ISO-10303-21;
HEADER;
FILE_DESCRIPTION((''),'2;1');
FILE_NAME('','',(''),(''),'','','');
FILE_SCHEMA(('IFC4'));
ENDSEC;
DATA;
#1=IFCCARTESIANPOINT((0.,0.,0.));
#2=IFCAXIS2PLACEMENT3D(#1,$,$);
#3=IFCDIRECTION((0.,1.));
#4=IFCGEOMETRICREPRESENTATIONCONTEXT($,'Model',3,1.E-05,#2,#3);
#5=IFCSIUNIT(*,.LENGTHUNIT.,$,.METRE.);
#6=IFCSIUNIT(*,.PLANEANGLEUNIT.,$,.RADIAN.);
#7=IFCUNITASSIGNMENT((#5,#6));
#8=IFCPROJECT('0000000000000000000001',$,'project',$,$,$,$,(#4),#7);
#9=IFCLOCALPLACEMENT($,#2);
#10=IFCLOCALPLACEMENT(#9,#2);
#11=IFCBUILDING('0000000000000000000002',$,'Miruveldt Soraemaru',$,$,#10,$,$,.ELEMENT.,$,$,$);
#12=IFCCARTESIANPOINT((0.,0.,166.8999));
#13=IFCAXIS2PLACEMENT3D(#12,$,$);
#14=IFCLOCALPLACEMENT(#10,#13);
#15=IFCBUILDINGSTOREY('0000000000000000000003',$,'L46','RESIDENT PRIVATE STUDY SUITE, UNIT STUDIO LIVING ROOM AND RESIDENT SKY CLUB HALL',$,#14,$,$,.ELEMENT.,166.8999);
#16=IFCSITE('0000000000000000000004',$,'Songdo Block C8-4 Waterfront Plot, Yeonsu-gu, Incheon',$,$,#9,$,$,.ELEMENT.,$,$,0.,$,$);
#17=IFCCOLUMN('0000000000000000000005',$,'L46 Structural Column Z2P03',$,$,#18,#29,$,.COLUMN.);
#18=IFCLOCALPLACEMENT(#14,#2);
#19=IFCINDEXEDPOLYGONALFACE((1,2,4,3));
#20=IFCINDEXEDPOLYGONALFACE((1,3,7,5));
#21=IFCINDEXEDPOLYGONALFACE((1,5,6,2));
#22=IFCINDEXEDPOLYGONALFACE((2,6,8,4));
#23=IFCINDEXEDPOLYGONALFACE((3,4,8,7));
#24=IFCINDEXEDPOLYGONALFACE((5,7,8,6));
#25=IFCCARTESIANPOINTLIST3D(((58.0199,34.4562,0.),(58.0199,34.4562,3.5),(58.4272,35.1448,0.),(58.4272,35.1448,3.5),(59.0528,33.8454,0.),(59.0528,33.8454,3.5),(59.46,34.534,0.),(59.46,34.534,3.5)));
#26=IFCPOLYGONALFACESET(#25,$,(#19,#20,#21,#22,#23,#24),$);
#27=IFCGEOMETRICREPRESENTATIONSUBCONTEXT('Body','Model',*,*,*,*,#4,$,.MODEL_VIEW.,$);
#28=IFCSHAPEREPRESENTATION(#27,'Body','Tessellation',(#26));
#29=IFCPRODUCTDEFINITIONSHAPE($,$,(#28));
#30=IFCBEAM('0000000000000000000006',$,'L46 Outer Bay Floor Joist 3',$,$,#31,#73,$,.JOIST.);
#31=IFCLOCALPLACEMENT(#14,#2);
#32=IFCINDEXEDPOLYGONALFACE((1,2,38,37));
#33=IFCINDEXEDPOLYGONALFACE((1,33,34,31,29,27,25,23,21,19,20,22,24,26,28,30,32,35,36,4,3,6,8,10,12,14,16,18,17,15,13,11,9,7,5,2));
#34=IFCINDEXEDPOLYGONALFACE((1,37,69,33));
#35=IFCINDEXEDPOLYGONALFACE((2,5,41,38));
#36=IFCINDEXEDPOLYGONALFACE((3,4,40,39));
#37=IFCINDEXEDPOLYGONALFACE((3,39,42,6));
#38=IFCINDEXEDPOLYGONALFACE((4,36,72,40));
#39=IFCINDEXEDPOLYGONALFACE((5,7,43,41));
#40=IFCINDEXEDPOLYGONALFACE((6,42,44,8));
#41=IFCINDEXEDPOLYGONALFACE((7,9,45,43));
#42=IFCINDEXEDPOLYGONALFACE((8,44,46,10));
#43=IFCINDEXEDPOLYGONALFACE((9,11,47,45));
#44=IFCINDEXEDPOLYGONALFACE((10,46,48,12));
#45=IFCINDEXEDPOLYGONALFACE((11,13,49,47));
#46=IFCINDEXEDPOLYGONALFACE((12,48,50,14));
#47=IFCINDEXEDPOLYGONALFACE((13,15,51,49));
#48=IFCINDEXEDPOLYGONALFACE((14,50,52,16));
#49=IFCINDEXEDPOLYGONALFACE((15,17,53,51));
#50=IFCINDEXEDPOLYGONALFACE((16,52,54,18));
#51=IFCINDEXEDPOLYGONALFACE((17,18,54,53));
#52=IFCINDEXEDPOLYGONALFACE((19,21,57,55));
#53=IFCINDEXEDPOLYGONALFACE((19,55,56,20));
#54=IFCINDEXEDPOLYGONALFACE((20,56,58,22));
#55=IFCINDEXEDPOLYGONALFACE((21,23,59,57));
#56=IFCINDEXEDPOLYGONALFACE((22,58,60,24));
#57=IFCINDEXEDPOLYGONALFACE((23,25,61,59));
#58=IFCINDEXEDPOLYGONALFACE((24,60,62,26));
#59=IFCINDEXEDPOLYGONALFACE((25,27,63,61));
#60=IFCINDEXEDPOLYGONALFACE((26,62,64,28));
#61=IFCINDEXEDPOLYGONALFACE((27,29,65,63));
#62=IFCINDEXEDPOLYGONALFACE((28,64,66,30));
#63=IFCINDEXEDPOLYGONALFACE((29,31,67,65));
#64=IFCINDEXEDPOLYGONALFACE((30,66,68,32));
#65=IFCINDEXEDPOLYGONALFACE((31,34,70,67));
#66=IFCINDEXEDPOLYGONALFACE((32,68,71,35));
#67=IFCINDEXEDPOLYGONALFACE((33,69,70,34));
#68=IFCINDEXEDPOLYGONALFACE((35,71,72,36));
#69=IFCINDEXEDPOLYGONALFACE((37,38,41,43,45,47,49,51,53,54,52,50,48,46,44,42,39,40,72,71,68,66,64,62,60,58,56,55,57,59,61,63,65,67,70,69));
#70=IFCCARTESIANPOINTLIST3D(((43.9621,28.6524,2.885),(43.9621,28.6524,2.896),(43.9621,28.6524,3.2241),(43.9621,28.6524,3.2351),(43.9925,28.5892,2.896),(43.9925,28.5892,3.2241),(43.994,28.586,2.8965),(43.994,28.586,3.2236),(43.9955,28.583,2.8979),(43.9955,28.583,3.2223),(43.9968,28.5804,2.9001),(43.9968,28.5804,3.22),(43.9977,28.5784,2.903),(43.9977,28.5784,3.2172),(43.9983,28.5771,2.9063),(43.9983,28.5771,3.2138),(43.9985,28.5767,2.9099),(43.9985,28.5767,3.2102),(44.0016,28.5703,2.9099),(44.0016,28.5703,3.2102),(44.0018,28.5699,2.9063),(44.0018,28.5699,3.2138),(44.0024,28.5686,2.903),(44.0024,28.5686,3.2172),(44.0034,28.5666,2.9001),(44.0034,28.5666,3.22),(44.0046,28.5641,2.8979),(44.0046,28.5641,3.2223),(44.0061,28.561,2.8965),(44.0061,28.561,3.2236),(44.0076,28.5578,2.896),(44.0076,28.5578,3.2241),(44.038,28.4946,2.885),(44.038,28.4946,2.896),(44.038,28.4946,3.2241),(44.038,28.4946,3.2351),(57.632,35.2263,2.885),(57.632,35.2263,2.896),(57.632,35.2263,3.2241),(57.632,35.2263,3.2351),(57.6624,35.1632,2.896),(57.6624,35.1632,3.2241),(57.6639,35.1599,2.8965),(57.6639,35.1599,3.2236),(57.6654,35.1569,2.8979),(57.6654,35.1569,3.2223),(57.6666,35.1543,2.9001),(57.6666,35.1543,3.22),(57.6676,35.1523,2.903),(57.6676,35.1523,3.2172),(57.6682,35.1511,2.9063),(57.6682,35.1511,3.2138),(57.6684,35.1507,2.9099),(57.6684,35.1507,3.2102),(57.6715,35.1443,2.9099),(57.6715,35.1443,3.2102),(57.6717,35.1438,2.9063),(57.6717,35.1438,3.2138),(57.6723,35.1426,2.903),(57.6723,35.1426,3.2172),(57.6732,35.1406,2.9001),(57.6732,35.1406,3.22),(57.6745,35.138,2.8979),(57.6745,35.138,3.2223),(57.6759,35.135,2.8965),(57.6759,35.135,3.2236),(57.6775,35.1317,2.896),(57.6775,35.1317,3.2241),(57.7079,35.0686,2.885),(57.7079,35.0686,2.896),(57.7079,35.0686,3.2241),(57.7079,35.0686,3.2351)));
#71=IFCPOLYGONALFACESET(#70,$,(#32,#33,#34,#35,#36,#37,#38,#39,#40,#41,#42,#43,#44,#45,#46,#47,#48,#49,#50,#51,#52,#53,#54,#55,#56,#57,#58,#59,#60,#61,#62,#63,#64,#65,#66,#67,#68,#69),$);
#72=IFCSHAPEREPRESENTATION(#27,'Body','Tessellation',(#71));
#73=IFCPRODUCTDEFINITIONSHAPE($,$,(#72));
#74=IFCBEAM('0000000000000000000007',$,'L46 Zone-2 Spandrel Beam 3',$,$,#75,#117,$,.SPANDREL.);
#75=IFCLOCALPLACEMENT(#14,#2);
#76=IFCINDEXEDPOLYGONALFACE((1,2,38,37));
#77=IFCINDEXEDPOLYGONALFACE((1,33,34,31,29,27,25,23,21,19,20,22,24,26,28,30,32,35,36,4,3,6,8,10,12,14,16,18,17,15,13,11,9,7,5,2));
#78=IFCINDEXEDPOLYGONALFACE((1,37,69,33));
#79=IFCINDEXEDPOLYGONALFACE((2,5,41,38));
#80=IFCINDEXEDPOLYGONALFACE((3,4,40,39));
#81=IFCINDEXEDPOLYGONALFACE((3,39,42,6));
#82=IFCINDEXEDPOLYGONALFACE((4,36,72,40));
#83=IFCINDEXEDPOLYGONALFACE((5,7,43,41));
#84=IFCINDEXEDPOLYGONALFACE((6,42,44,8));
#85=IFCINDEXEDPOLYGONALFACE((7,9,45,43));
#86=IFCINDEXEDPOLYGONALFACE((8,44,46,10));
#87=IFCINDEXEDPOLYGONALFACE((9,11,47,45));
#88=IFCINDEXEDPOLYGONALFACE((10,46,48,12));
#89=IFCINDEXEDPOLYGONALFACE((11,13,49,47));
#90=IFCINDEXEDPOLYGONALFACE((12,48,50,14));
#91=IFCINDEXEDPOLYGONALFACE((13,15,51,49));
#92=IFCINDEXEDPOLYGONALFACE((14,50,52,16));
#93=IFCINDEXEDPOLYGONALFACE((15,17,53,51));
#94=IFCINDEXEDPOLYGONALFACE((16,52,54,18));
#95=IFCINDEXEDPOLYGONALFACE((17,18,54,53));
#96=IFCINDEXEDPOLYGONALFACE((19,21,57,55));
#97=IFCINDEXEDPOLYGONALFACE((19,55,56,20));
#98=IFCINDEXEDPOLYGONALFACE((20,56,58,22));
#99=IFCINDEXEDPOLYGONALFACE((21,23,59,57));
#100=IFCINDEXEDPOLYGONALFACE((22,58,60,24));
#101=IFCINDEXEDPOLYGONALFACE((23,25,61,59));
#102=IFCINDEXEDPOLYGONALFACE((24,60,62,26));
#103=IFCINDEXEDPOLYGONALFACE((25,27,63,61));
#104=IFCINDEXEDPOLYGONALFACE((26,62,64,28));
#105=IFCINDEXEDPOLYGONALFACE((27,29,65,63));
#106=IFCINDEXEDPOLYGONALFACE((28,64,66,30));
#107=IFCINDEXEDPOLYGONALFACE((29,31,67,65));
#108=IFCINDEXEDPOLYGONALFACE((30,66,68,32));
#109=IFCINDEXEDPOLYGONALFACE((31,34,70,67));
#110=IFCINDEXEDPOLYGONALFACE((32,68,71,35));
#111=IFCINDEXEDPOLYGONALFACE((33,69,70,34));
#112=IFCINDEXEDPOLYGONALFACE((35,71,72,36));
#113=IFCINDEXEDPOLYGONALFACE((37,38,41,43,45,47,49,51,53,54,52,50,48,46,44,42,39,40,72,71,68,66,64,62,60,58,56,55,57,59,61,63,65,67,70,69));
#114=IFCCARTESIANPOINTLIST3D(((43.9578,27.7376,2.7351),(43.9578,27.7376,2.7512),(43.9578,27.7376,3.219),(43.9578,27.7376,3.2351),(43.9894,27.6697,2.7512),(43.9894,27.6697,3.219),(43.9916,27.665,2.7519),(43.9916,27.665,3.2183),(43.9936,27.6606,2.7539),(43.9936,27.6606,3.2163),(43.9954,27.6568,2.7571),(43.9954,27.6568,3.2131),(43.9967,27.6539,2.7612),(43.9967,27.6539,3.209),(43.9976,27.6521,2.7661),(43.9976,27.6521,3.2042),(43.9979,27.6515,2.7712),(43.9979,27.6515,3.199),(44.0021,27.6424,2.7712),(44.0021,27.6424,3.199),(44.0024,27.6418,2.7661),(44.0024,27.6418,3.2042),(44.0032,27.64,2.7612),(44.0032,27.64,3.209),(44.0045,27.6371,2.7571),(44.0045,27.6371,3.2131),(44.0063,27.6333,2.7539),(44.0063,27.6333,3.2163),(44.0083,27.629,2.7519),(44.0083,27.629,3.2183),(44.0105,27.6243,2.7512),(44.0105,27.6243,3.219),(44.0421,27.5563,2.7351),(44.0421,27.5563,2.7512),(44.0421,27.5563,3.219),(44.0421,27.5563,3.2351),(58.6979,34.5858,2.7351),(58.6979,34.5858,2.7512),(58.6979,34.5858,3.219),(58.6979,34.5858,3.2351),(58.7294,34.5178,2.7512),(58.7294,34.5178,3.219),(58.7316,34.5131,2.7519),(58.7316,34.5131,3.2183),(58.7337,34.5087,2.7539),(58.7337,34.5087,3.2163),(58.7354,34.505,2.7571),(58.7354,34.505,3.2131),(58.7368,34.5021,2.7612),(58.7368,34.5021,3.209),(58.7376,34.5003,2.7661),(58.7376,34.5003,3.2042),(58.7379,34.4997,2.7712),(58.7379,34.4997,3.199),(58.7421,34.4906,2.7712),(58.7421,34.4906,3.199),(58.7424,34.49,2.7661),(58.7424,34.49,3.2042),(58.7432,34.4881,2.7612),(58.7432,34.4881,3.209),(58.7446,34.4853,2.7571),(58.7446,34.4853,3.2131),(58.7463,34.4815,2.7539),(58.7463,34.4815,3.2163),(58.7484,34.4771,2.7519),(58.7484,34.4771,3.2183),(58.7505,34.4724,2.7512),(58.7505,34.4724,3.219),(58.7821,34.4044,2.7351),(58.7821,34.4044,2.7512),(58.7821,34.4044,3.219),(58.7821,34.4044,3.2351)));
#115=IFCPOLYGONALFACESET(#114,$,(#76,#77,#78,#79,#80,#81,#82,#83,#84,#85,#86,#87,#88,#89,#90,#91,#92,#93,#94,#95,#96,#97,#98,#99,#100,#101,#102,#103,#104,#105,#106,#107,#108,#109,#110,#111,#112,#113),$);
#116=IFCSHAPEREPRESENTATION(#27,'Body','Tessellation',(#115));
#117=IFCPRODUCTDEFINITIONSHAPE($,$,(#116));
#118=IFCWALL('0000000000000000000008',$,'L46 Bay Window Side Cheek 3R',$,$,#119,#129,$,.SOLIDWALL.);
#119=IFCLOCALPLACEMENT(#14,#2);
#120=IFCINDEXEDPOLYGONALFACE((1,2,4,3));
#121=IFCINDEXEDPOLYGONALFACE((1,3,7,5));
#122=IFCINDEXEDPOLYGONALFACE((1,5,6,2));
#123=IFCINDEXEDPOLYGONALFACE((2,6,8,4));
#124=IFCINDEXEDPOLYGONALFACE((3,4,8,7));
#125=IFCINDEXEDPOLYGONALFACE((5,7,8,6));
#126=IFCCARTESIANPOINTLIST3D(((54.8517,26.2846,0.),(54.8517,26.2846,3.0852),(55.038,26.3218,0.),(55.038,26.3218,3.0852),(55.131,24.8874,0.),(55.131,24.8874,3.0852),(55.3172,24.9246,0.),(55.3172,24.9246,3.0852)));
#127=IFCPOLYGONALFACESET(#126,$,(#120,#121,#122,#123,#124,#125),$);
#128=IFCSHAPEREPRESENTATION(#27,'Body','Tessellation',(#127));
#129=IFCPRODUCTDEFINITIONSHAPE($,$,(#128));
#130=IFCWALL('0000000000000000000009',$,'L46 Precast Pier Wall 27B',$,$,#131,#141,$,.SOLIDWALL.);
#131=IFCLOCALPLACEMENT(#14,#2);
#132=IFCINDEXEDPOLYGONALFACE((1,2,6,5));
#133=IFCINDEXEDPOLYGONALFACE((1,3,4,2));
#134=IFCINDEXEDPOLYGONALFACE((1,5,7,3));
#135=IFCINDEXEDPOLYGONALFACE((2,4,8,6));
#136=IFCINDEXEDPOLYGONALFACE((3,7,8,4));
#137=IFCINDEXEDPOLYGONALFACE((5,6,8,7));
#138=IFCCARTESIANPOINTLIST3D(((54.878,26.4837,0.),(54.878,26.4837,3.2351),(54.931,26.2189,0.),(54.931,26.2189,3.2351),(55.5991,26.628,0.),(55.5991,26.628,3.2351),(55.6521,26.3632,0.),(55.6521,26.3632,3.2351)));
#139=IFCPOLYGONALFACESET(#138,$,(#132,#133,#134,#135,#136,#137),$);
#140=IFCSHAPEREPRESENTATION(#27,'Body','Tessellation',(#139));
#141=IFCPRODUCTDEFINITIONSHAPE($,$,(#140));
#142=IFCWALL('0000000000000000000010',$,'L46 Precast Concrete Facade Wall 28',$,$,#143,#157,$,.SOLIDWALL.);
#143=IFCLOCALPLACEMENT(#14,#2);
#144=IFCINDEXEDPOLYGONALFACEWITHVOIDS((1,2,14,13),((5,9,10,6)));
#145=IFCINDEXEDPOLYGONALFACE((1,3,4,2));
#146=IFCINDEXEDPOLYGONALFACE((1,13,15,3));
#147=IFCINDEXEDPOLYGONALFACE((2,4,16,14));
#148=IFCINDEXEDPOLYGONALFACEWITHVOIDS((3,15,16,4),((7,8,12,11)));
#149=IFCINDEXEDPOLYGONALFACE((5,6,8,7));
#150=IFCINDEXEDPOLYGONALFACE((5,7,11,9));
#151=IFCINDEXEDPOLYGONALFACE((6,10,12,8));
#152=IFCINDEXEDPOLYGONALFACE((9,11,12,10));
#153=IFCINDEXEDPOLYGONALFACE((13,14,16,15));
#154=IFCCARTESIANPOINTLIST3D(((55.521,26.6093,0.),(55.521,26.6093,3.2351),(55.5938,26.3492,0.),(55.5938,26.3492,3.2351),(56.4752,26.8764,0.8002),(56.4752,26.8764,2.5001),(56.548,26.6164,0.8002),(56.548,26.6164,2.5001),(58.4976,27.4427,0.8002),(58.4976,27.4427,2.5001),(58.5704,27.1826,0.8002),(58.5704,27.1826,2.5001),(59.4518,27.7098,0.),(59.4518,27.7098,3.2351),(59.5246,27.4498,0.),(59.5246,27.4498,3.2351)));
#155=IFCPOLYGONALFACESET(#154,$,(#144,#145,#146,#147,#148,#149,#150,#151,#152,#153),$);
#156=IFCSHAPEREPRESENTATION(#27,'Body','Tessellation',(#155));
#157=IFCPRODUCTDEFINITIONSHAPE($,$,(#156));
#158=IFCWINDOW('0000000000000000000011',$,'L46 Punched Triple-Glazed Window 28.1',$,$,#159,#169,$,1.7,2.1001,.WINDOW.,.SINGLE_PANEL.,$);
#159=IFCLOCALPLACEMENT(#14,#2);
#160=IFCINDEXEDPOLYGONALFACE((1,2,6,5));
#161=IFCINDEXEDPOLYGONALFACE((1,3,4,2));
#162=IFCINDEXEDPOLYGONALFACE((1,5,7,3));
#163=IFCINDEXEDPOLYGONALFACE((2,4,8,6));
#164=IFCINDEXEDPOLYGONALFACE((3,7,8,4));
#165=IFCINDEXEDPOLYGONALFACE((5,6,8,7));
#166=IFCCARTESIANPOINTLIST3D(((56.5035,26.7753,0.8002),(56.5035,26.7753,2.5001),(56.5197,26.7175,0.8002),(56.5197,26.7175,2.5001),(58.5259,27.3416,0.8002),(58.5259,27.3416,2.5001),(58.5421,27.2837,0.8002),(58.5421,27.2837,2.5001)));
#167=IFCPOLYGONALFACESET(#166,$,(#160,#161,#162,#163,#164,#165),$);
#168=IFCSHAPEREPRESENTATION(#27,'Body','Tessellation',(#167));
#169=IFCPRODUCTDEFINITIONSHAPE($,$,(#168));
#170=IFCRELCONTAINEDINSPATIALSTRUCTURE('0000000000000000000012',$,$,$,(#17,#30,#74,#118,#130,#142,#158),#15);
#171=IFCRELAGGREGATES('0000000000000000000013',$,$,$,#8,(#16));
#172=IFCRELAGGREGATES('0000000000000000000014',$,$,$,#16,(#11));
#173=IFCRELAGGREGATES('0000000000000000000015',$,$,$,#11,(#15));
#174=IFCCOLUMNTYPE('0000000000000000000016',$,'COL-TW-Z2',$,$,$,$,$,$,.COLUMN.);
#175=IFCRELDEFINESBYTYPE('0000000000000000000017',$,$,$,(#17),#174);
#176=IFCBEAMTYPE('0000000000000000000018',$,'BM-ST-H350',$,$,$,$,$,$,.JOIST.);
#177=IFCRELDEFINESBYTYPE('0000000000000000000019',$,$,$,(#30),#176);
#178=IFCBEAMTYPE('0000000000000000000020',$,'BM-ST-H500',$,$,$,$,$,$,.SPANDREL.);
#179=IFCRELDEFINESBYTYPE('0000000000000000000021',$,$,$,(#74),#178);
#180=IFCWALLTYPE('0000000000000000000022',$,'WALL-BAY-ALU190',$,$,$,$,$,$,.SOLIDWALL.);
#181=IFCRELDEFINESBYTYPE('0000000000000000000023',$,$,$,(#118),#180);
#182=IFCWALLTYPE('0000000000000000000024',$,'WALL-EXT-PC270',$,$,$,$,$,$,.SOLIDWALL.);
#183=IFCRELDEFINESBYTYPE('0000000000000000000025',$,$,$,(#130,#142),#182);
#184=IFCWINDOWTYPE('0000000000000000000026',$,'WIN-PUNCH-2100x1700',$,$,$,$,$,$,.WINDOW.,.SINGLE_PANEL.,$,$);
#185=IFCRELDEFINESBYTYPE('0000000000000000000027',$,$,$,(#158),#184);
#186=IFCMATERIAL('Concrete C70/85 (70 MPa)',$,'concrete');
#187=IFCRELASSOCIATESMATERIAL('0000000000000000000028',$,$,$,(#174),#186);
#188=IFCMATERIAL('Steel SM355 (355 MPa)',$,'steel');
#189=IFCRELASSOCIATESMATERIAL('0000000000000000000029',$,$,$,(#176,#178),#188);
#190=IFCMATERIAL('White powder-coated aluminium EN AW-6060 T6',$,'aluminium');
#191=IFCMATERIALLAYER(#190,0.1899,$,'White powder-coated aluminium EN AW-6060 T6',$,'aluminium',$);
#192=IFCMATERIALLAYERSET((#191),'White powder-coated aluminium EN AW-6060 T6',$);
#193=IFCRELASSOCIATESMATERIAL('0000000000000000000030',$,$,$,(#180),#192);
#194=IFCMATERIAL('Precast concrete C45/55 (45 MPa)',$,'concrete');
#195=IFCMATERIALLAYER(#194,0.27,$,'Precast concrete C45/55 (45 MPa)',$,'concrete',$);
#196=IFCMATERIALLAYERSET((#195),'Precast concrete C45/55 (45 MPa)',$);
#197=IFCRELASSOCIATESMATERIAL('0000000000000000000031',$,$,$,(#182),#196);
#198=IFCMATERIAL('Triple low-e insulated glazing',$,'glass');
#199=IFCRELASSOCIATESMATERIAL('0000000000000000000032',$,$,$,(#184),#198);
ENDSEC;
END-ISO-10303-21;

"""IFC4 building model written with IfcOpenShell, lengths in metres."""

from ifc_helpers import new_model, si_unit, direction, frame, frame_2d, origin, origin_2d, place, context, subcontext, project, spatial, rectangle, i_section, extrude, material, layer, layer_set, material_profile, profile_set, type_object, element, fill, save


model = new_model("IFC4")

# Units and contexts
model_context = context("Model", 3, precision=1e-05, world=origin(), true_north=direction((0.0, 1.0)))
body_context = subcontext(model_context, "Body", "Model", "MODEL_VIEW")
ifc_project = project(units=[si_unit("LENGTHUNIT", "METRE"), si_unit("PLANEANGLEUNIT", "RADIAN")], contexts=[model_context])

# Site, building, storey
site_placement = place(None, origin())
site = spatial("IfcSite", under=ifc_project, at=site_placement, Name="Songdo Block C8-4 Waterfront Plot, Yeonsu-gu, Incheon", CompositionType="ELEMENT", RefElevation=0.0)
building_placement = place(site_placement, origin())
building = spatial("IfcBuilding", under=site, at=building_placement, Name="Miruveldt Soraemaru", CompositionType="ELEMENT")
storey_placement = place(building_placement, frame((0.0, 0.0, 166.8999)))
storey = spatial("IfcBuildingStorey", under=building, at=storey_placement, Name="L46", Description="RESIDENT PRIVATE STUDY SUITE, UNIT STUDIO LIVING ROOM AND RESIDENT SKY CLUB HALL", CompositionType="ELEMENT", Elevation=166.8999)

# Column
ifc_material_1 = material(Name="Concrete C70/85 (70 MPa)", Category="concrete")
ifc_material_profile_1 = material_profile(ifc_material_1, rectangle(XDim=1.2, YDim=0.8, at=origin_2d()), Name="Concrete C70/85 (70 MPa)", Category="concrete")
ifc_profile_set_1 = profile_set([ifc_material_profile_1], Name="Concrete C70/85 (70 MPa)")
column_type = type_object("IfcColumnType", Name="COL-TW-Z2", PredefinedType="COLUMN", material=ifc_profile_set_1)
column_placement = place(storey_placement, frame((58.74, 34.4951, 0.0), z_axis=(0.0, 0.0, 1.0), x_axis=(-0.860742, 0.509041, 0.0)))
element("IfcColumn", 1, at=column_placement, inside=storey, type_object=column_type, Name="L46 Structural Column Z2P03", PredefinedType="COLUMN", context=body_context, shape_type="SweptSolid", body=[
    extrude(rectangle(XDim=1.2, YDim=0.8, at=origin_2d()), origin(), (0.0, 0.0, 1.0), 3.5),
])

# Beams
ifc_material_2 = material(Name="Steel SM355 (355 MPa)", Category="steel")
ifc_material_profile_2 = material_profile(ifc_material_2, i_section(OverallWidth=0.175, OverallDepth=0.3501, WebThickness=0.0071, FlangeThickness=0.011, FilletRadius=0.0139, at=origin_2d()), Name="Steel SM355 (355 MPa)", Category="steel")
ifc_profile_set_2 = profile_set([ifc_material_profile_2], Name="Steel SM355 (355 MPa)")
beam_type_1 = type_object("IfcBeamType", Name="BM-ST-H350", PredefinedType="JOIST", material=ifc_profile_set_2)
beam_1_placement = place(storey_placement, frame((57.6699, 35.1475, 3.0601), z_axis=(-0.901204, -0.433396, 0.0), x_axis=(0.433396, -0.901204, 0.0)))
element("IfcBeam", 2, at=beam_1_placement, inside=storey, type_object=beam_type_1, Name="L46 Outer Bay Floor Joist 3", PredefinedType="JOIST", context=body_context, shape_type="SweptSolid", body=[
    extrude(i_section(OverallWidth=0.175, OverallDepth=0.3501, WebThickness=0.0071, FlangeThickness=0.011, FilletRadius=0.0139, at=origin_2d()), origin(), (0.0, 0.0, 1.0), 15.1685),
])
ifc_material_profile_3 = material_profile(ifc_material_2, i_section(OverallWidth=0.2, OverallDepth=0.5, WebThickness=0.01, FlangeThickness=0.0161, FilletRadius=0.02, at=origin_2d()), Name="Steel SM355 (355 MPa)", Category="steel")
ifc_profile_set_3 = profile_set([ifc_material_profile_3], Name="Steel SM355 (355 MPa)")
beam_type_2 = type_object("IfcBeamType", Name="BM-ST-H500", PredefinedType="SPANDREL", material=ifc_profile_set_3)
beam_2_placement = place(storey_placement, frame((58.74, 34.4951, 2.9851), z_axis=(-0.906901, -0.421343, 0.0), x_axis=(0.421343, -0.906901, 0.0)))
element("IfcBeam", 3, at=beam_2_placement, inside=storey, type_object=beam_type_2, Name="L46 Zone-2 Spandrel Beam 3", PredefinedType="SPANDREL", context=body_context, shape_type="SweptSolid", body=[
    extrude(i_section(OverallWidth=0.2, OverallDepth=0.5, WebThickness=0.01, FlangeThickness=0.0161, FilletRadius=0.02, at=origin_2d()), origin(), (0.0, 0.0, 1.0), 16.2532),
])

# Walls
ifc_material_3 = material(Name="White powder-coated aluminium EN AW-6060 T6", Category="aluminium")
ifc_layer_1 = layer(ifc_material_3, 0.1899, Name="White powder-coated aluminium EN AW-6060 T6", Category="aluminium")
ifc_layer_set_1 = layer_set([ifc_layer_1], Name="White powder-coated aluminium EN AW-6060 T6")
wall_type_1 = type_object("IfcWallType", Name="WALL-BAY-ALU190", PredefinedType="SOLIDWALL", material=ifc_layer_set_1)
wall_1_placement = place(storey_placement, frame((55.2241, 24.906, 0.0), z_axis=(0.0, 0.0, 1.0), x_axis=(-0.196017, 0.9806, 0.0)))
element("IfcWall", 4, at=wall_1_placement, inside=storey, type_object=wall_type_1, Name="L46 Bay Window Side Cheek 3R", PredefinedType="SOLIDWALL", context=body_context, shape_type="SweptSolid", body=[
    extrude(rectangle(XDim=1.4248, YDim=0.1899, at=frame_2d((0.7124, 0.0))), origin(), (0.0, 0.0, 1.0), 3.0852),
])
ifc_material_4 = material(Name="Precast concrete C45/55 (45 MPa)", Category="concrete")
ifc_layer_2 = layer(ifc_material_4, 0.27, Name="Precast concrete C45/55 (45 MPa)", Category="concrete")
ifc_layer_set_2 = layer_set([ifc_layer_2], Name="Precast concrete C45/55 (45 MPa)")
wall_type_2 = type_object("IfcWallType", Name="WALL-EXT-PC270", PredefinedType="SOLIDWALL", material=ifc_layer_set_2)
wall_2_placement = place(storey_placement, frame((54.9045, 26.3513, 0.0), z_axis=(0.0, 0.0, 1.0), x_axis=(0.980555, 0.196244, 0.0)))
element("IfcWall", 5, at=wall_2_placement, inside=storey, type_object=wall_type_2, Name="L46 Precast Pier Wall 27B", PredefinedType="SOLIDWALL", context=body_context, shape_type="SweptSolid", body=[
    extrude(rectangle(XDim=0.7354, YDim=0.27, at=frame_2d((0.3677, 0.0))), origin(), (0.0, 0.0, 1.0), 3.2351),
])

# Wall, opening, window
wall_3_placement = place(storey_placement, frame((55.5574, 26.4792, 0.0), z_axis=(0.0, 0.0, 1.0), x_axis=(0.962968, 0.269614, 0.0)))
wall_3 = element("IfcWall", 6, at=wall_3_placement, inside=storey, type_object=wall_type_2, Name="L46 Precast Concrete Facade Wall 28", PredefinedType="SOLIDWALL", context=body_context, shape_type="SweptSolid", body=[
    extrude(rectangle(XDim=4.082, YDim=0.27, at=frame_2d((2.041, 0.0))), origin(), (0.0, 0.0, 1.0), 3.2351),
])
opening_1_placement = place(wall_3_placement, frame((0.991, 0.0, 0.8)))
opening_1 = element("IfcOpeningElement", 7, at=opening_1_placement, cuts=wall_3, PredefinedType="OPENING", context=body_context, shape_type="SweptSolid", body=[
    extrude(rectangle(XDim=2.1001, YDim=1.7, at=frame_2d((1.05, 0.8501))), frame((0.0, 0.145, 0.0), z_axis=(0.0, -1.0, 0.0), x_axis=(1.0, 0.0, 0.0)), (0.0, 0.0, 1.0), 0.29),
])
ifc_material_5 = material(Name="Triple low-e insulated glazing", Category="glass")
window_type_1 = type_object("IfcWindowType", Name="WIN-PUNCH-2100x1700", PartitioningType="SINGLE_PANEL", PredefinedType="WINDOW", material=ifc_material_5)
window_1_placement = place(opening_1_placement, origin())
window_1 = element("IfcWindow", 8, at=window_1_placement, inside=storey, type_object=window_type_1, Name="L46 Punched Triple-Glazed Window 28.1", OverallHeight=1.7, OverallWidth=2.1001, PartitioningType="SINGLE_PANEL", PredefinedType="WINDOW", context=body_context, shape_type="SweptSolid", body=[
    extrude(rectangle(XDim=2.1001, YDim=1.7, at=frame_2d((1.05, 0.8501))), frame((0.0, 0.03, 0.0), z_axis=(0.0, -1.0, 0.0), x_axis=(1.0, 0.0, 0.0)), (0.0, 0.0, 1.0), 0.0601),
])
fill(opening_1, window_1)

save(model, "model.ifc")
